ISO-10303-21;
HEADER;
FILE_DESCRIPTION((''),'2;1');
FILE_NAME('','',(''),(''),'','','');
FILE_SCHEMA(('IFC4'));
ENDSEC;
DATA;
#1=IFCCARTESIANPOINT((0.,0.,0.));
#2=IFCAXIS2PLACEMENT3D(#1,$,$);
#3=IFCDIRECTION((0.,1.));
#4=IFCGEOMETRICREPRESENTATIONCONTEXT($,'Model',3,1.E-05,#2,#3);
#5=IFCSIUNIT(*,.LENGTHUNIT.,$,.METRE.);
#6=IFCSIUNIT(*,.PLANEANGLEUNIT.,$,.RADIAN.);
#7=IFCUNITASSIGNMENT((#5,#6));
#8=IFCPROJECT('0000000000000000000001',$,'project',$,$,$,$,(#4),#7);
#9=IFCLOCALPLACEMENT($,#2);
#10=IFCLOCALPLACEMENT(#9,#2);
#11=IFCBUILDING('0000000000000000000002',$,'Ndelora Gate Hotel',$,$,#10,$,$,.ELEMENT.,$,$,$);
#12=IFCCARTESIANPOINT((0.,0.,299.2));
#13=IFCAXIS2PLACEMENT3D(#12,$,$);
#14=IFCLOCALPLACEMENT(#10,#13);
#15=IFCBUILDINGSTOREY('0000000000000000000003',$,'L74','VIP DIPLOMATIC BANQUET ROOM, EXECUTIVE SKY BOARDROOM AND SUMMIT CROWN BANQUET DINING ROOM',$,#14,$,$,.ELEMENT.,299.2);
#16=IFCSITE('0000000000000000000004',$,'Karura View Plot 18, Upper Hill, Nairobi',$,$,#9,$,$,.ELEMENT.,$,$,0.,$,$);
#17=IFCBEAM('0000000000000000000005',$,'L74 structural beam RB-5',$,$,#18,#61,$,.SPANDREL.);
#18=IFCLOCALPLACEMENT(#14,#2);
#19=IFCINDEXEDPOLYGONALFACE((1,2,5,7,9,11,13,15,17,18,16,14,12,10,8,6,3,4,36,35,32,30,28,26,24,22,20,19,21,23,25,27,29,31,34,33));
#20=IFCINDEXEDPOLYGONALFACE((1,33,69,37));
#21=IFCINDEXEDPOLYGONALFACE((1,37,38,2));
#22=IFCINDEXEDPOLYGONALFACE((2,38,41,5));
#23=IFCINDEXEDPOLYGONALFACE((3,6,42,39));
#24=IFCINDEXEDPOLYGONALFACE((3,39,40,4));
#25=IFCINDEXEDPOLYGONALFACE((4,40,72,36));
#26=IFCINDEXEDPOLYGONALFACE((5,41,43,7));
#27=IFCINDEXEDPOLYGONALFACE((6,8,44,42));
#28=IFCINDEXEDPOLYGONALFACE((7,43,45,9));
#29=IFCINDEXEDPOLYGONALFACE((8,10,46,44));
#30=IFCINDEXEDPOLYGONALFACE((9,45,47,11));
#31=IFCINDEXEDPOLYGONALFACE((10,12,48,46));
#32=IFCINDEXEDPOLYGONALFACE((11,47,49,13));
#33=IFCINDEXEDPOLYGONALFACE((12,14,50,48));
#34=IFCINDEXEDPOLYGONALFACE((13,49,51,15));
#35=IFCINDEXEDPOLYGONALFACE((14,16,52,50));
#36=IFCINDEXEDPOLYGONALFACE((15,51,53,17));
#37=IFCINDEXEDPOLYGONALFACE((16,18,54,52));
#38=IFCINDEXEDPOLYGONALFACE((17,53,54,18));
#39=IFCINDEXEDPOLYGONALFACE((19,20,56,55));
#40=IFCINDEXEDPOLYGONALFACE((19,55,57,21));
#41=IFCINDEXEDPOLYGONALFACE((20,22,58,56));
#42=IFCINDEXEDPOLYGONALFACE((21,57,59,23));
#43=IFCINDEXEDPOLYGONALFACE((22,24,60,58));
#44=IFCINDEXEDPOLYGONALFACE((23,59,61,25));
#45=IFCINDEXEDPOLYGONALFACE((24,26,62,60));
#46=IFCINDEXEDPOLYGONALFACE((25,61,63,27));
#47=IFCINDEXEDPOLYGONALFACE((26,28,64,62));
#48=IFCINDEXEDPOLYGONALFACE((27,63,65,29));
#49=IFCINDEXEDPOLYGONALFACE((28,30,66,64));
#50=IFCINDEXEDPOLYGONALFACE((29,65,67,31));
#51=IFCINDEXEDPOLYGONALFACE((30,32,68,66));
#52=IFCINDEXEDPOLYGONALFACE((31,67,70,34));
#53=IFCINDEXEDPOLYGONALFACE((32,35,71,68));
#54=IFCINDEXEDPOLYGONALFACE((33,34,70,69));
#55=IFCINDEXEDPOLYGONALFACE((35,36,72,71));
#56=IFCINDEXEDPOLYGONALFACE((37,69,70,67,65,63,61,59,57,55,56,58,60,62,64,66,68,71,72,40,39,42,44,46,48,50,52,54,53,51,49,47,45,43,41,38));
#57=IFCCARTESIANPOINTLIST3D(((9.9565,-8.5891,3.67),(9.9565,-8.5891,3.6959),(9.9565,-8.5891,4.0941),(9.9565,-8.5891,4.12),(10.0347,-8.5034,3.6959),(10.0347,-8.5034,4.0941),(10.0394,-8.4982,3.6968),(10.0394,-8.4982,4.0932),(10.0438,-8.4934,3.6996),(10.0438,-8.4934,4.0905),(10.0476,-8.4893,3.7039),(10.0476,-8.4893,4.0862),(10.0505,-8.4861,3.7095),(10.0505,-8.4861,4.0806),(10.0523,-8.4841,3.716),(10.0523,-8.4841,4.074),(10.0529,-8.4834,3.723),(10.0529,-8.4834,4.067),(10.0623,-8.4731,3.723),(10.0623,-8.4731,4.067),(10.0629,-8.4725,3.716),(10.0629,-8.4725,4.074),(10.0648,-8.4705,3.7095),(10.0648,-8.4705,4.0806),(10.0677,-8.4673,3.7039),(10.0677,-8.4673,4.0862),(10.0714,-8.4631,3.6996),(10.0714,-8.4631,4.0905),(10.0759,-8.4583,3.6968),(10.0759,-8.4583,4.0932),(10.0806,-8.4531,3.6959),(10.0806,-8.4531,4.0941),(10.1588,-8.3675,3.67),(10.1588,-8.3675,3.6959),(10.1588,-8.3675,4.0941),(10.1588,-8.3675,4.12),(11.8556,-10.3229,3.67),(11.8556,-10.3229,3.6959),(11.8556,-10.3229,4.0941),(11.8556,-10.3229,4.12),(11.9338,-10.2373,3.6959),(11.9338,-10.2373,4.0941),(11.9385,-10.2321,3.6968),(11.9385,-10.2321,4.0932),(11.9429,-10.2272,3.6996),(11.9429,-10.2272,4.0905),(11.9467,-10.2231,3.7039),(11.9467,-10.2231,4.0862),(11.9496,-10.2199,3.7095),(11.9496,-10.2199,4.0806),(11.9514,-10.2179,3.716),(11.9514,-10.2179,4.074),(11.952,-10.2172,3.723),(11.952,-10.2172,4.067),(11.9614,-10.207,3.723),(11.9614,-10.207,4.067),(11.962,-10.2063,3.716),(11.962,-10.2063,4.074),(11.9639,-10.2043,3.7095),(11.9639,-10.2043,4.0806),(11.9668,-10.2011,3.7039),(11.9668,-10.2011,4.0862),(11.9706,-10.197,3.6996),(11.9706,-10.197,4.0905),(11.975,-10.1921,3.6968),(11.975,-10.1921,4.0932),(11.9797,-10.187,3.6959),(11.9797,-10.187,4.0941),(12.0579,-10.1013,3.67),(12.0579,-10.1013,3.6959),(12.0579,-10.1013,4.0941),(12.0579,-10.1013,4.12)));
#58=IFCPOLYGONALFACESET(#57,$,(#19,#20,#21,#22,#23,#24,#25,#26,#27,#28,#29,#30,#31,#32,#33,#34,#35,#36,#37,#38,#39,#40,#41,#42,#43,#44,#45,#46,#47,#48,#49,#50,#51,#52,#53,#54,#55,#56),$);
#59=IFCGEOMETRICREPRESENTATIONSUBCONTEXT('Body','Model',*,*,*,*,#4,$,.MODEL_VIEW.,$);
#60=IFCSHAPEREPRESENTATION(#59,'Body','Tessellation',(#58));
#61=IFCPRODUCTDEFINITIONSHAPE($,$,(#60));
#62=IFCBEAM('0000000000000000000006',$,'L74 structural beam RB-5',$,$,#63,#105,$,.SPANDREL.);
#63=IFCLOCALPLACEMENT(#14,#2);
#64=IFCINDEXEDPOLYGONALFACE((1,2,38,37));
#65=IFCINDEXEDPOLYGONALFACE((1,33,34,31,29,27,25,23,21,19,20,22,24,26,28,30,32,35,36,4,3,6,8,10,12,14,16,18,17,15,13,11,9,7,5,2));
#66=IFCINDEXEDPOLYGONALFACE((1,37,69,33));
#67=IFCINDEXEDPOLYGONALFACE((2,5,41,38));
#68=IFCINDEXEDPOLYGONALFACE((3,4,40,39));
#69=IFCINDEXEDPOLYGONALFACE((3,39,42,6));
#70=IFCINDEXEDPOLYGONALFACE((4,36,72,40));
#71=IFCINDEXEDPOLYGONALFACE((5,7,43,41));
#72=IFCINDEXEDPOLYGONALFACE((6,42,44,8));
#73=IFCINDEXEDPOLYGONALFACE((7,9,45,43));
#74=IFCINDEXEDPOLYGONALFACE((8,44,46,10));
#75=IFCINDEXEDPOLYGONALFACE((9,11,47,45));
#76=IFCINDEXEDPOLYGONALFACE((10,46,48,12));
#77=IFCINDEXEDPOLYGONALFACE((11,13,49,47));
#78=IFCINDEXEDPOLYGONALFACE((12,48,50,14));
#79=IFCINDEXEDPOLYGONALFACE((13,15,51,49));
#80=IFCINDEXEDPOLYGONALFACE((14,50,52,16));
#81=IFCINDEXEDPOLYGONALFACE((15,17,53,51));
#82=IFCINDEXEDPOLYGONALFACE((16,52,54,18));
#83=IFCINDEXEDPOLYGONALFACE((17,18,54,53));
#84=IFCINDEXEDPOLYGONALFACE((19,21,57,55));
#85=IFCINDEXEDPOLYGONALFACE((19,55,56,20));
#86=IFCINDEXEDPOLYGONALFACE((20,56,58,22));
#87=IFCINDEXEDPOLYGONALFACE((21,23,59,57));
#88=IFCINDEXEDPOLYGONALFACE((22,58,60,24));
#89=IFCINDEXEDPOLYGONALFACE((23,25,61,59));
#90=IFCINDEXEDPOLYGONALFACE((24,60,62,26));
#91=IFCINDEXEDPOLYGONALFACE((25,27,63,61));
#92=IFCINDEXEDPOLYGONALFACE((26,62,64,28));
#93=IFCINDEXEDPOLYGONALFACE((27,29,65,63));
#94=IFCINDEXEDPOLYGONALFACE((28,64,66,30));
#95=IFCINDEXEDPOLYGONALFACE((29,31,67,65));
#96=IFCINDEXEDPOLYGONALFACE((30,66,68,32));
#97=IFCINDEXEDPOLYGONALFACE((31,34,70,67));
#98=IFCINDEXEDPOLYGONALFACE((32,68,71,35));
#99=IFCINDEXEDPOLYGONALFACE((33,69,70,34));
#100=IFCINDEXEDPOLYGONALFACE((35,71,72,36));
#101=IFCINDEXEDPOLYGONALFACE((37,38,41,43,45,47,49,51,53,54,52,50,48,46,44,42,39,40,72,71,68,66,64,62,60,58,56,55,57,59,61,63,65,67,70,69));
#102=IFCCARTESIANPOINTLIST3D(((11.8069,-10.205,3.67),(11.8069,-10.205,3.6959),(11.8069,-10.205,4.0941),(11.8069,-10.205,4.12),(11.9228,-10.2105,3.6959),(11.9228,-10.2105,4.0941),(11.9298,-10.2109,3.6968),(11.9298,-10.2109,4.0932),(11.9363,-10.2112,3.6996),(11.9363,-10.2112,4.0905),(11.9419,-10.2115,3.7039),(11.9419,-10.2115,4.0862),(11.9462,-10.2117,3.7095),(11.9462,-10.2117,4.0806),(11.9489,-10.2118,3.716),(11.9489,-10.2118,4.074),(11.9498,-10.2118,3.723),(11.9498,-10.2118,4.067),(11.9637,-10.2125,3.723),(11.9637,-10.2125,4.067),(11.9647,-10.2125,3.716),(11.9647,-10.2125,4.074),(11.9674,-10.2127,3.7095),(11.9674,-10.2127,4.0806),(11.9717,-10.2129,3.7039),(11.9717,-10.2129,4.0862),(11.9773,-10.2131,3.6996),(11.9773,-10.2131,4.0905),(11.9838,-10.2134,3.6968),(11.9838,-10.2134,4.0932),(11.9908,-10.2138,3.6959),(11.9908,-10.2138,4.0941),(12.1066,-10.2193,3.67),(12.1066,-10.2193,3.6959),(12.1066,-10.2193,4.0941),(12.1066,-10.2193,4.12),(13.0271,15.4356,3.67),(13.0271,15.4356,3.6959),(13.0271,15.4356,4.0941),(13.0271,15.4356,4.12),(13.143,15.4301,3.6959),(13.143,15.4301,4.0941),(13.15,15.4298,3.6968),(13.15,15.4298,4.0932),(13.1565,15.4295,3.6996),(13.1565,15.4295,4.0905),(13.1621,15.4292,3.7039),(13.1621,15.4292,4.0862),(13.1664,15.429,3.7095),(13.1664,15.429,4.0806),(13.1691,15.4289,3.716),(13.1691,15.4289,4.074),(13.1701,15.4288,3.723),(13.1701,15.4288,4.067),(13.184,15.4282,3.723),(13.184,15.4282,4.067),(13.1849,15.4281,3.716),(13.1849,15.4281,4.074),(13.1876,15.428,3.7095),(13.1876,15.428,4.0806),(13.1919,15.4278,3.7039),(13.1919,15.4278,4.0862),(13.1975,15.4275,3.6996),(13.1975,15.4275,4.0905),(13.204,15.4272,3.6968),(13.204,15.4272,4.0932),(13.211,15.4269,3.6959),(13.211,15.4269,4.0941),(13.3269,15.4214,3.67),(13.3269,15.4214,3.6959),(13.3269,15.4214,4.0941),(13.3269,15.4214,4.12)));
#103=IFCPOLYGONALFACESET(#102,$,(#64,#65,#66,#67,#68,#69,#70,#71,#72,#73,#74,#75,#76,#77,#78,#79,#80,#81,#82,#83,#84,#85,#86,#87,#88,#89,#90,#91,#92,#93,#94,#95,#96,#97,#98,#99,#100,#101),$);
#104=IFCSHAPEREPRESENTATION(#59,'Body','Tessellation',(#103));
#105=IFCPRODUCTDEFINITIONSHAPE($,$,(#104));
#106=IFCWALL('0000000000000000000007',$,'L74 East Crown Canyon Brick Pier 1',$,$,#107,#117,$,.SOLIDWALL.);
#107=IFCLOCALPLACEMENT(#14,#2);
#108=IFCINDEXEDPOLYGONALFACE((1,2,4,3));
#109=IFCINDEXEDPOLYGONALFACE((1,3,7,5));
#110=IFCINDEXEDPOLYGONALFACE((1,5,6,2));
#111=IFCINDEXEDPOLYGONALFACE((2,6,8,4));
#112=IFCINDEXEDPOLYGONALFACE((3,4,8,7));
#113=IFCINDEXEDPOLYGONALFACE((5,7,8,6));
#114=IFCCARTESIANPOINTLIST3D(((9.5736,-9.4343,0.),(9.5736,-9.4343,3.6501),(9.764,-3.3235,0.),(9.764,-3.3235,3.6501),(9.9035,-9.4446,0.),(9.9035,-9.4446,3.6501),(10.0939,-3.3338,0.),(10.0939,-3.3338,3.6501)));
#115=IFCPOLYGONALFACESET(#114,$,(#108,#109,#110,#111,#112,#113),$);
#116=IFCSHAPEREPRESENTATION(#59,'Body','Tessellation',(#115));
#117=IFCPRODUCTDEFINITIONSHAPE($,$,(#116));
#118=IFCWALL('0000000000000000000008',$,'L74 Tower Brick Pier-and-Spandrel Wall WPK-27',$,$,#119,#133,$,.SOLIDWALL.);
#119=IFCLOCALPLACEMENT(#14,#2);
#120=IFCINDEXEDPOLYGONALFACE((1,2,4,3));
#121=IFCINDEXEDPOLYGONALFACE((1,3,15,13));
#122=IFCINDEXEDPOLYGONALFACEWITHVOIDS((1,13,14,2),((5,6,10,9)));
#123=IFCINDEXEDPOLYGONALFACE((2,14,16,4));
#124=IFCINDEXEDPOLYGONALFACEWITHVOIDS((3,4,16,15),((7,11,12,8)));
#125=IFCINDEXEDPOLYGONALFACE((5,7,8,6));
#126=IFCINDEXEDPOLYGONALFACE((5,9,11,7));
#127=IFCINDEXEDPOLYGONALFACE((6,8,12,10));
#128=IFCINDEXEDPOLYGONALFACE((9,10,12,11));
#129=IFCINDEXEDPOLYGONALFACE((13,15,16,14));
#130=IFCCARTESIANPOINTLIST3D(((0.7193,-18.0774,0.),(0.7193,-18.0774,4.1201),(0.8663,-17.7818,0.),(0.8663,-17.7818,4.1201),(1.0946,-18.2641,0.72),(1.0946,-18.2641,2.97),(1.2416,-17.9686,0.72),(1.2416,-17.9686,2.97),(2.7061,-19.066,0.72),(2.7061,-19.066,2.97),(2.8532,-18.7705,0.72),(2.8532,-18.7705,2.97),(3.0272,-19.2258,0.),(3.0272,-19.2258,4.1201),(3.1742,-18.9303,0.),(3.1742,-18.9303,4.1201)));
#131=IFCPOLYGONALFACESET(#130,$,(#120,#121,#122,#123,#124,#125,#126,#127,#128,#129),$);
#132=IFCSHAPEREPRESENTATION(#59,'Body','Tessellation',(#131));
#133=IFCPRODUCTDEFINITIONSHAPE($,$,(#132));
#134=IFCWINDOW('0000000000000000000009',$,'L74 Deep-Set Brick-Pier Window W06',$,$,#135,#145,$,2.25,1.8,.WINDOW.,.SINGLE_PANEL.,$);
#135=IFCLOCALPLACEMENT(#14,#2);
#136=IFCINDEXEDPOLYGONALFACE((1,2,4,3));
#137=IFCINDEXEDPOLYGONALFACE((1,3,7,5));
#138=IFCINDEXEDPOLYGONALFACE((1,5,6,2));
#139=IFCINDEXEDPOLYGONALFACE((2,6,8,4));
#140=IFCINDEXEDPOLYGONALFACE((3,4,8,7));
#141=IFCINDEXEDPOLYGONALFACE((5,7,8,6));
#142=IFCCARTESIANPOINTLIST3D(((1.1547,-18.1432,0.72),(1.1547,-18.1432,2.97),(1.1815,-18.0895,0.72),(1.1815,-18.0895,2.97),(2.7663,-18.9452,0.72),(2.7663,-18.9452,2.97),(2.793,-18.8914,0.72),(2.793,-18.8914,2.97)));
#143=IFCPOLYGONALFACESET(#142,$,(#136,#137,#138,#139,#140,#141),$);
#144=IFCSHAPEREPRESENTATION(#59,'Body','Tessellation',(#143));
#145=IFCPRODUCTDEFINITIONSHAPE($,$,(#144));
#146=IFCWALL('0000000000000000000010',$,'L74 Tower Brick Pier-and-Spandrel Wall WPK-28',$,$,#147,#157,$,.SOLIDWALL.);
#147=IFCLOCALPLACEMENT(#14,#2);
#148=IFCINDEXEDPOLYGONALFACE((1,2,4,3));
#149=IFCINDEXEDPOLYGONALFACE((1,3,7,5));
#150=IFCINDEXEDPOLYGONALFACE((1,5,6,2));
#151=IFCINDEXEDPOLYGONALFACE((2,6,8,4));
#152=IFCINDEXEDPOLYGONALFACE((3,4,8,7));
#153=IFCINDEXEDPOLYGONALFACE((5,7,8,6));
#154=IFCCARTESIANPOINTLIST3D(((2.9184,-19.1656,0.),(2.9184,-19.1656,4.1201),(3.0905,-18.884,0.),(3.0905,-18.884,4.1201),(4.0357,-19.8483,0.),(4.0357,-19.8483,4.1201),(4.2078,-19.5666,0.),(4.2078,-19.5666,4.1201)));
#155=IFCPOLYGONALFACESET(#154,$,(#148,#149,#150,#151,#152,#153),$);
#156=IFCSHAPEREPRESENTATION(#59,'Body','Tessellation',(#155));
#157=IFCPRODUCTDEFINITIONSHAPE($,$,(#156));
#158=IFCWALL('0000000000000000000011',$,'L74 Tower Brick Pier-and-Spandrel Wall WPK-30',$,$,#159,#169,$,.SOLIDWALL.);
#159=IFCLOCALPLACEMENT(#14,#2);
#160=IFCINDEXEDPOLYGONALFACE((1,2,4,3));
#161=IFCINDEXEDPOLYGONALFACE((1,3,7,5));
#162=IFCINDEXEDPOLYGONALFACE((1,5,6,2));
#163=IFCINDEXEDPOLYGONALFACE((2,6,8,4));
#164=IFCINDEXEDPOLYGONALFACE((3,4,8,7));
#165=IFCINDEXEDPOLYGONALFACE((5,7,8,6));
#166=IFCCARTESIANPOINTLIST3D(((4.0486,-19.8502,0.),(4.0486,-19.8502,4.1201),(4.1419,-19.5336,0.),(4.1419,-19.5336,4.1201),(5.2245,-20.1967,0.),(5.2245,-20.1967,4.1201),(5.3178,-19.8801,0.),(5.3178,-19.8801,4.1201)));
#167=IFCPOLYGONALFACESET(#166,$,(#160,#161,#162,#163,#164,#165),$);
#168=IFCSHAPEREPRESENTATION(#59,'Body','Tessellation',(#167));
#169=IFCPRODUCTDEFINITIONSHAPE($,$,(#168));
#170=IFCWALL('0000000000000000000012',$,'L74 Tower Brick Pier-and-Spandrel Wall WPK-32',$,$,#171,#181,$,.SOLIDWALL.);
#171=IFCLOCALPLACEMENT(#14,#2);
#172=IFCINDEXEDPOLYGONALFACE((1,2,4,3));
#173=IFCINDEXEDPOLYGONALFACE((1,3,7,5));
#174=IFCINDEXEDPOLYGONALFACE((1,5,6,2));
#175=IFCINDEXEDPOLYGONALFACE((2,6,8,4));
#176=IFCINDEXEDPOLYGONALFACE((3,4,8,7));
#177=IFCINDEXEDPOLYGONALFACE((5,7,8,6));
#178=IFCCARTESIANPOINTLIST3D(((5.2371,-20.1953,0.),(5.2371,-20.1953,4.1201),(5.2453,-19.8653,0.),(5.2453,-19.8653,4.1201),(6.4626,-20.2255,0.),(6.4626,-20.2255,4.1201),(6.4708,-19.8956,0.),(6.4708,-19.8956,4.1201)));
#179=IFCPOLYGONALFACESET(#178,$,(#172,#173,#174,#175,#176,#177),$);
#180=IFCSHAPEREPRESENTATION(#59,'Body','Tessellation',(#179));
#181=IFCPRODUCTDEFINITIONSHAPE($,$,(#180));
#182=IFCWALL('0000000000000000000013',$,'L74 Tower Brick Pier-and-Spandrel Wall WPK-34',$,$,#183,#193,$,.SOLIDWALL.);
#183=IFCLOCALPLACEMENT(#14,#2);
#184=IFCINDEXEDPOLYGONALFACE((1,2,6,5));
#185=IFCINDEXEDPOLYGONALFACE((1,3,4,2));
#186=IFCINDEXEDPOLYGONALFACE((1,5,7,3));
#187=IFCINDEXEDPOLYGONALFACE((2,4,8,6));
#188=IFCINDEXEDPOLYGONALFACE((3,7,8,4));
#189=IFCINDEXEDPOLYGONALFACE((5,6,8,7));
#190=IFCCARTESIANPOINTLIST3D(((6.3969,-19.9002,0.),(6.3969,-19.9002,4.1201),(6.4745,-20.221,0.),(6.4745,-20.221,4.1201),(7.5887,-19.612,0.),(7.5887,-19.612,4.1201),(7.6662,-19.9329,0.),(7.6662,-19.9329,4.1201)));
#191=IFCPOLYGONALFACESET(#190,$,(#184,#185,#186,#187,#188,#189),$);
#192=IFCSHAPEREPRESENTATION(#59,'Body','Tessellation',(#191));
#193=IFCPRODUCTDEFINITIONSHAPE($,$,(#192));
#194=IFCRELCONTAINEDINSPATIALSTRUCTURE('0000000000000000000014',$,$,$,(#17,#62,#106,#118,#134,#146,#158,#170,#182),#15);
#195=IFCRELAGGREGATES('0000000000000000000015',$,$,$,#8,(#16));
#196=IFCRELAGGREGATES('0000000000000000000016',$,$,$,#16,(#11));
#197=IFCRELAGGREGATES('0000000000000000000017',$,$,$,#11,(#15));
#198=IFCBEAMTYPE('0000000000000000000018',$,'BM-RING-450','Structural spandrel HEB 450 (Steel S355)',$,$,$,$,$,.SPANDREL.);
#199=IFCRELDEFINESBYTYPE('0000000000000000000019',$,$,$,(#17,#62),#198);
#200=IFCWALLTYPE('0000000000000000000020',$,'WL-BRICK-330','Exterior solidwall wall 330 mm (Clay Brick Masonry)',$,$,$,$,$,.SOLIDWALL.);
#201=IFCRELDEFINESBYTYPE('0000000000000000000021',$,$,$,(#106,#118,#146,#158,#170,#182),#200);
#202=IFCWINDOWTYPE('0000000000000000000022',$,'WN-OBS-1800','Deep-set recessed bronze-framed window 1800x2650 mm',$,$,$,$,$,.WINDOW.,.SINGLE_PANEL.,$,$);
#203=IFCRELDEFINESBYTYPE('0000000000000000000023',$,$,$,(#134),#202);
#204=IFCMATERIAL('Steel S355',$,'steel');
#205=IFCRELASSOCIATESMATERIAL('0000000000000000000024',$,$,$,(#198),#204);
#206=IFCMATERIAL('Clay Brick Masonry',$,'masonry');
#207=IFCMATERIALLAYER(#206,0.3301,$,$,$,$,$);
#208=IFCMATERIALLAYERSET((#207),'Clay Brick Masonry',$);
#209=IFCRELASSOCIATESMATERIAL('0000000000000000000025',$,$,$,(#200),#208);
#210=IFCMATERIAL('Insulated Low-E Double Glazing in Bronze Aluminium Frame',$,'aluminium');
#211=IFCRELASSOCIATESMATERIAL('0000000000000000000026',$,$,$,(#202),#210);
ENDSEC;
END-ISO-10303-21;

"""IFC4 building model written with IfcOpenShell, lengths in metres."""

from ifc_helpers import new_model, si_unit, direction, frame, frame_2d, origin, origin_2d, place, context, subcontext, project, spatial, rectangle, i_section, extrude, material, layer, layer_set, material_profile, profile_set, type_object, element, fill, save


model = new_model("IFC4")

# Units and contexts
model_context = context("Model", 3, precision=1e-05, world=origin(), true_north=direction((0.0, 1.0)))
body_context = subcontext(model_context, "Body", "Model", "MODEL_VIEW")
ifc_project = project(units=[si_unit("LENGTHUNIT", "METRE"), si_unit("PLANEANGLEUNIT", "RADIAN")], contexts=[model_context])

# Site, building, storey
site_placement = place(None, origin())
site = spatial("IfcSite", under=ifc_project, at=site_placement, Name="Karura View Plot 18, Upper Hill, Nairobi", CompositionType="ELEMENT", RefElevation=0.0)
building_placement = place(site_placement, origin())
building = spatial("IfcBuilding", under=site, at=building_placement, Name="Ndelora Gate Hotel", CompositionType="ELEMENT")
storey_placement = place(building_placement, frame((0.0, 0.0, 299.2)))
storey = spatial("IfcBuildingStorey", under=building, at=storey_placement, Name="L74", Description="VIP DIPLOMATIC BANQUET ROOM, EXECUTIVE SKY BOARDROOM AND SUMMIT CROWN BANQUET DINING ROOM", CompositionType="ELEMENT", Elevation=299.2)

# Beams
ifc_material_1 = material(Name="Steel S355", Category="steel")
ifc_material_profile_1 = material_profile(ifc_material_1, i_section(OverallWidth=0.3, OverallDepth=0.45, WebThickness=0.0139, FlangeThickness=0.0259, FilletRadius=0.0271, at=origin_2d()), Name="HEB 450")
ifc_profile_set_1 = profile_set([ifc_material_profile_1], Name="Steel S355")
beam_type_1 = type_object("IfcBeamType", Name="BM-RING-450", Description="Structural spandrel HEB 450 (Steel S355)", PredefinedType="SPANDREL", material=ifc_profile_set_1)
beam_1_placement = place(storey_placement, frame((10.0576, -8.4783, 3.895), z_axis=(0.738512, -0.67424, 0.0), x_axis=(0.67424, 0.738512, 0.0)))
element("IfcBeam", 1, at=beam_1_placement, inside=storey, type_object=beam_type_1, Name="L74 structural beam RB-5", PredefinedType="SPANDREL", context=body_context, shape_type="SweptSolid", body=[
    extrude(i_section(OverallWidth=0.3, OverallDepth=0.45, WebThickness=0.0139, FlangeThickness=0.0259, FilletRadius=0.0271, at=origin_2d()), origin(), (0.0, 0.0, 1.0), 2.5715),
])
beam_2_placement = place(storey_placement, frame((11.9568, -10.2122, 3.895), z_axis=(0.047535, 0.99887, 0.0), x_axis=(-0.99887, 0.047535, 0.0)))
element("IfcBeam", 2, at=beam_2_placement, inside=storey, type_object=beam_type_1, Name="L74 structural beam RB-5", PredefinedType="SPANDREL", context=body_context, shape_type="SweptSolid", body=[
    extrude(i_section(OverallWidth=0.3, OverallDepth=0.45, WebThickness=0.0139, FlangeThickness=0.0259, FilletRadius=0.0271, at=origin_2d()), origin(), (0.0, 0.0, 1.0), 25.6697),
])

# Wall
ifc_material_2 = material(Name="Clay Brick Masonry", Category="masonry")
ifc_layer_1 = layer(ifc_material_2, 0.3301)
ifc_layer_set_1 = layer_set([ifc_layer_1], Name="Clay Brick Masonry")
wall_type_1 = type_object("IfcWallType", Name="WL-BRICK-330", Description="Exterior solidwall wall 330 mm (Clay Brick Masonry)", PredefinedType="SOLIDWALL", material=ifc_layer_set_1)
wall_1_placement = place(storey_placement, frame((9.7385, -9.4395, 0.0), z_axis=(0.0, 0.0, 1.0), x_axis=(0.031147, 0.999515, 0.0)))
element("IfcWall", 3, at=wall_1_placement, inside=storey, type_object=wall_type_1, Name="L74 East Crown Canyon Brick Pier 1", PredefinedType="SOLIDWALL", context=body_context, shape_type="SweptSolid", body=[
    extrude(rectangle(XDim=6.1138, YDim=0.3301, at=frame_2d((3.0569, 0.0))), origin(), (0.0, 0.0, 1.0), 3.6501),
])

# Wall, opening, window
wall_2_placement = place(storey_placement, frame((3.1008, -19.0781, 0.0), z_axis=(0.0, 0.0, 1.0), x_axis=(-0.895278, 0.445508, 0.0)))
wall_2 = element("IfcWall", 4, at=wall_2_placement, inside=storey, type_object=wall_type_1, Name="L74 Tower Brick Pier-and-Spandrel Wall WPK-27", PredefinedType="SOLIDWALL", context=body_context, shape_type="SweptSolid", body=[
    extrude(rectangle(XDim=2.5779, YDim=0.3301, at=frame_2d((1.2891, 0.0))), origin(), (0.0, 0.0, 1.0), 4.1201),
])
opening_placement = place(wall_2_placement, frame((0.3589, 0.0, 0.72)))
opening = element("IfcOpeningElement", 5, at=opening_placement, cuts=wall_2, PredefinedType="OPENING", context=body_context, shape_type="SweptSolid", body=[
    extrude(rectangle(XDim=1.8, YDim=2.25, at=frame_2d((0.8999, 1.125))), frame((0.0, 0.175, 0.0), z_axis=(0.0, -1.0, 0.0), x_axis=(1.0, 0.0, 0.0)), (0.0, 0.0, 1.0), 0.3501),
])
ifc_material_3 = material(Name="Insulated Low-E Double Glazing in Bronze Aluminium Frame", Category="aluminium")
window_type = type_object("IfcWindowType", Name="WN-OBS-1800", Description="Deep-set recessed bronze-framed window 1800x2650 mm", PartitioningType="SINGLE_PANEL", PredefinedType="WINDOW", material=ifc_material_3)
window_placement = place(opening_placement, origin())
window = element("IfcWindow", 6, at=window_placement, inside=storey, type_object=window_type, Name="L74 Deep-Set Brick-Pier Window W06", OverallHeight=2.25, OverallWidth=1.8, PartitioningType="SINGLE_PANEL", PredefinedType="WINDOW", context=body_context, shape_type="SweptSolid", body=[
    extrude(rectangle(XDim=1.8, YDim=2.25, at=frame_2d((0.8999, 1.125))), frame((0.0, 0.03, 0.0), z_axis=(0.0, -1.0, 0.0), x_axis=(1.0, 0.0, 0.0)), (0.0, 0.0, 1.0), 0.0601),
])
fill(opening, window)

# Walls
wall_3_placement = place(storey_placement, frame((4.1218, -19.7075, 0.0), z_axis=(0.0, 0.0, 1.0), x_axis=(-0.853319, 0.52139, 0.0)))
element("IfcWall", 7, at=wall_3_placement, inside=storey, type_object=wall_type_1, Name="L74 Tower Brick Pier-and-Spandrel Wall WPK-28", PredefinedType="SOLIDWALL", context=body_context, shape_type="SweptSolid", body=[
    extrude(rectangle(XDim=1.3093, YDim=0.3301, at=frame_2d((0.6548, 0.0))), origin(), (0.0, 0.0, 1.0), 4.1201),
])
for number, where, z_axis, x_axis, name in (
    (8, (5.271, -20.0383, 0.0), (0.0, 0.0, 1.0), (-0.959229, 0.28263, 0.0), "L74 Tower Brick Pier-and-Spandrel Wall WPK-30"),
    (9, (6.4666, -20.0605, 0.0), (0.0, 0.0, 1.0), (-0.999695, 0.024699, 0.0), "L74 Tower Brick Pier-and-Spandrel Wall WPK-32"),
):
    element("IfcWall", number, at=place(storey_placement, frame(where, z_axis=z_axis, x_axis=x_axis)), inside=storey, type_object=wall_type_1, Name=name, PredefinedType="SOLIDWALL", context=body_context, shape_type="SweptSolid", body=[
        extrude(rectangle(XDim=1.2258, YDim=0.3301, at=frame_2d((0.6128, 0.0))), origin(), (0.0, 0.0, 1.0), 4.1201),
    ])
wall_4_placement = place(storey_placement, frame((7.6274, -19.7725, 0.0), z_axis=(0.0, 0.0, 1.0), x_axis=(-0.971999, -0.234984, 0.0)))
element("IfcWall", 10, at=wall_4_placement, inside=storey, type_object=wall_type_1, Name="L74 Tower Brick Pier-and-Spandrel Wall WPK-34", PredefinedType="SOLIDWALL", context=body_context, shape_type="SweptSolid", body=[
    extrude(rectangle(XDim=1.2261, YDim=0.3301, at=frame_2d((0.613, 0.0))), origin(), (0.0, 0.0, 1.0), 4.1201),
])

save(model, "model.ifc")
